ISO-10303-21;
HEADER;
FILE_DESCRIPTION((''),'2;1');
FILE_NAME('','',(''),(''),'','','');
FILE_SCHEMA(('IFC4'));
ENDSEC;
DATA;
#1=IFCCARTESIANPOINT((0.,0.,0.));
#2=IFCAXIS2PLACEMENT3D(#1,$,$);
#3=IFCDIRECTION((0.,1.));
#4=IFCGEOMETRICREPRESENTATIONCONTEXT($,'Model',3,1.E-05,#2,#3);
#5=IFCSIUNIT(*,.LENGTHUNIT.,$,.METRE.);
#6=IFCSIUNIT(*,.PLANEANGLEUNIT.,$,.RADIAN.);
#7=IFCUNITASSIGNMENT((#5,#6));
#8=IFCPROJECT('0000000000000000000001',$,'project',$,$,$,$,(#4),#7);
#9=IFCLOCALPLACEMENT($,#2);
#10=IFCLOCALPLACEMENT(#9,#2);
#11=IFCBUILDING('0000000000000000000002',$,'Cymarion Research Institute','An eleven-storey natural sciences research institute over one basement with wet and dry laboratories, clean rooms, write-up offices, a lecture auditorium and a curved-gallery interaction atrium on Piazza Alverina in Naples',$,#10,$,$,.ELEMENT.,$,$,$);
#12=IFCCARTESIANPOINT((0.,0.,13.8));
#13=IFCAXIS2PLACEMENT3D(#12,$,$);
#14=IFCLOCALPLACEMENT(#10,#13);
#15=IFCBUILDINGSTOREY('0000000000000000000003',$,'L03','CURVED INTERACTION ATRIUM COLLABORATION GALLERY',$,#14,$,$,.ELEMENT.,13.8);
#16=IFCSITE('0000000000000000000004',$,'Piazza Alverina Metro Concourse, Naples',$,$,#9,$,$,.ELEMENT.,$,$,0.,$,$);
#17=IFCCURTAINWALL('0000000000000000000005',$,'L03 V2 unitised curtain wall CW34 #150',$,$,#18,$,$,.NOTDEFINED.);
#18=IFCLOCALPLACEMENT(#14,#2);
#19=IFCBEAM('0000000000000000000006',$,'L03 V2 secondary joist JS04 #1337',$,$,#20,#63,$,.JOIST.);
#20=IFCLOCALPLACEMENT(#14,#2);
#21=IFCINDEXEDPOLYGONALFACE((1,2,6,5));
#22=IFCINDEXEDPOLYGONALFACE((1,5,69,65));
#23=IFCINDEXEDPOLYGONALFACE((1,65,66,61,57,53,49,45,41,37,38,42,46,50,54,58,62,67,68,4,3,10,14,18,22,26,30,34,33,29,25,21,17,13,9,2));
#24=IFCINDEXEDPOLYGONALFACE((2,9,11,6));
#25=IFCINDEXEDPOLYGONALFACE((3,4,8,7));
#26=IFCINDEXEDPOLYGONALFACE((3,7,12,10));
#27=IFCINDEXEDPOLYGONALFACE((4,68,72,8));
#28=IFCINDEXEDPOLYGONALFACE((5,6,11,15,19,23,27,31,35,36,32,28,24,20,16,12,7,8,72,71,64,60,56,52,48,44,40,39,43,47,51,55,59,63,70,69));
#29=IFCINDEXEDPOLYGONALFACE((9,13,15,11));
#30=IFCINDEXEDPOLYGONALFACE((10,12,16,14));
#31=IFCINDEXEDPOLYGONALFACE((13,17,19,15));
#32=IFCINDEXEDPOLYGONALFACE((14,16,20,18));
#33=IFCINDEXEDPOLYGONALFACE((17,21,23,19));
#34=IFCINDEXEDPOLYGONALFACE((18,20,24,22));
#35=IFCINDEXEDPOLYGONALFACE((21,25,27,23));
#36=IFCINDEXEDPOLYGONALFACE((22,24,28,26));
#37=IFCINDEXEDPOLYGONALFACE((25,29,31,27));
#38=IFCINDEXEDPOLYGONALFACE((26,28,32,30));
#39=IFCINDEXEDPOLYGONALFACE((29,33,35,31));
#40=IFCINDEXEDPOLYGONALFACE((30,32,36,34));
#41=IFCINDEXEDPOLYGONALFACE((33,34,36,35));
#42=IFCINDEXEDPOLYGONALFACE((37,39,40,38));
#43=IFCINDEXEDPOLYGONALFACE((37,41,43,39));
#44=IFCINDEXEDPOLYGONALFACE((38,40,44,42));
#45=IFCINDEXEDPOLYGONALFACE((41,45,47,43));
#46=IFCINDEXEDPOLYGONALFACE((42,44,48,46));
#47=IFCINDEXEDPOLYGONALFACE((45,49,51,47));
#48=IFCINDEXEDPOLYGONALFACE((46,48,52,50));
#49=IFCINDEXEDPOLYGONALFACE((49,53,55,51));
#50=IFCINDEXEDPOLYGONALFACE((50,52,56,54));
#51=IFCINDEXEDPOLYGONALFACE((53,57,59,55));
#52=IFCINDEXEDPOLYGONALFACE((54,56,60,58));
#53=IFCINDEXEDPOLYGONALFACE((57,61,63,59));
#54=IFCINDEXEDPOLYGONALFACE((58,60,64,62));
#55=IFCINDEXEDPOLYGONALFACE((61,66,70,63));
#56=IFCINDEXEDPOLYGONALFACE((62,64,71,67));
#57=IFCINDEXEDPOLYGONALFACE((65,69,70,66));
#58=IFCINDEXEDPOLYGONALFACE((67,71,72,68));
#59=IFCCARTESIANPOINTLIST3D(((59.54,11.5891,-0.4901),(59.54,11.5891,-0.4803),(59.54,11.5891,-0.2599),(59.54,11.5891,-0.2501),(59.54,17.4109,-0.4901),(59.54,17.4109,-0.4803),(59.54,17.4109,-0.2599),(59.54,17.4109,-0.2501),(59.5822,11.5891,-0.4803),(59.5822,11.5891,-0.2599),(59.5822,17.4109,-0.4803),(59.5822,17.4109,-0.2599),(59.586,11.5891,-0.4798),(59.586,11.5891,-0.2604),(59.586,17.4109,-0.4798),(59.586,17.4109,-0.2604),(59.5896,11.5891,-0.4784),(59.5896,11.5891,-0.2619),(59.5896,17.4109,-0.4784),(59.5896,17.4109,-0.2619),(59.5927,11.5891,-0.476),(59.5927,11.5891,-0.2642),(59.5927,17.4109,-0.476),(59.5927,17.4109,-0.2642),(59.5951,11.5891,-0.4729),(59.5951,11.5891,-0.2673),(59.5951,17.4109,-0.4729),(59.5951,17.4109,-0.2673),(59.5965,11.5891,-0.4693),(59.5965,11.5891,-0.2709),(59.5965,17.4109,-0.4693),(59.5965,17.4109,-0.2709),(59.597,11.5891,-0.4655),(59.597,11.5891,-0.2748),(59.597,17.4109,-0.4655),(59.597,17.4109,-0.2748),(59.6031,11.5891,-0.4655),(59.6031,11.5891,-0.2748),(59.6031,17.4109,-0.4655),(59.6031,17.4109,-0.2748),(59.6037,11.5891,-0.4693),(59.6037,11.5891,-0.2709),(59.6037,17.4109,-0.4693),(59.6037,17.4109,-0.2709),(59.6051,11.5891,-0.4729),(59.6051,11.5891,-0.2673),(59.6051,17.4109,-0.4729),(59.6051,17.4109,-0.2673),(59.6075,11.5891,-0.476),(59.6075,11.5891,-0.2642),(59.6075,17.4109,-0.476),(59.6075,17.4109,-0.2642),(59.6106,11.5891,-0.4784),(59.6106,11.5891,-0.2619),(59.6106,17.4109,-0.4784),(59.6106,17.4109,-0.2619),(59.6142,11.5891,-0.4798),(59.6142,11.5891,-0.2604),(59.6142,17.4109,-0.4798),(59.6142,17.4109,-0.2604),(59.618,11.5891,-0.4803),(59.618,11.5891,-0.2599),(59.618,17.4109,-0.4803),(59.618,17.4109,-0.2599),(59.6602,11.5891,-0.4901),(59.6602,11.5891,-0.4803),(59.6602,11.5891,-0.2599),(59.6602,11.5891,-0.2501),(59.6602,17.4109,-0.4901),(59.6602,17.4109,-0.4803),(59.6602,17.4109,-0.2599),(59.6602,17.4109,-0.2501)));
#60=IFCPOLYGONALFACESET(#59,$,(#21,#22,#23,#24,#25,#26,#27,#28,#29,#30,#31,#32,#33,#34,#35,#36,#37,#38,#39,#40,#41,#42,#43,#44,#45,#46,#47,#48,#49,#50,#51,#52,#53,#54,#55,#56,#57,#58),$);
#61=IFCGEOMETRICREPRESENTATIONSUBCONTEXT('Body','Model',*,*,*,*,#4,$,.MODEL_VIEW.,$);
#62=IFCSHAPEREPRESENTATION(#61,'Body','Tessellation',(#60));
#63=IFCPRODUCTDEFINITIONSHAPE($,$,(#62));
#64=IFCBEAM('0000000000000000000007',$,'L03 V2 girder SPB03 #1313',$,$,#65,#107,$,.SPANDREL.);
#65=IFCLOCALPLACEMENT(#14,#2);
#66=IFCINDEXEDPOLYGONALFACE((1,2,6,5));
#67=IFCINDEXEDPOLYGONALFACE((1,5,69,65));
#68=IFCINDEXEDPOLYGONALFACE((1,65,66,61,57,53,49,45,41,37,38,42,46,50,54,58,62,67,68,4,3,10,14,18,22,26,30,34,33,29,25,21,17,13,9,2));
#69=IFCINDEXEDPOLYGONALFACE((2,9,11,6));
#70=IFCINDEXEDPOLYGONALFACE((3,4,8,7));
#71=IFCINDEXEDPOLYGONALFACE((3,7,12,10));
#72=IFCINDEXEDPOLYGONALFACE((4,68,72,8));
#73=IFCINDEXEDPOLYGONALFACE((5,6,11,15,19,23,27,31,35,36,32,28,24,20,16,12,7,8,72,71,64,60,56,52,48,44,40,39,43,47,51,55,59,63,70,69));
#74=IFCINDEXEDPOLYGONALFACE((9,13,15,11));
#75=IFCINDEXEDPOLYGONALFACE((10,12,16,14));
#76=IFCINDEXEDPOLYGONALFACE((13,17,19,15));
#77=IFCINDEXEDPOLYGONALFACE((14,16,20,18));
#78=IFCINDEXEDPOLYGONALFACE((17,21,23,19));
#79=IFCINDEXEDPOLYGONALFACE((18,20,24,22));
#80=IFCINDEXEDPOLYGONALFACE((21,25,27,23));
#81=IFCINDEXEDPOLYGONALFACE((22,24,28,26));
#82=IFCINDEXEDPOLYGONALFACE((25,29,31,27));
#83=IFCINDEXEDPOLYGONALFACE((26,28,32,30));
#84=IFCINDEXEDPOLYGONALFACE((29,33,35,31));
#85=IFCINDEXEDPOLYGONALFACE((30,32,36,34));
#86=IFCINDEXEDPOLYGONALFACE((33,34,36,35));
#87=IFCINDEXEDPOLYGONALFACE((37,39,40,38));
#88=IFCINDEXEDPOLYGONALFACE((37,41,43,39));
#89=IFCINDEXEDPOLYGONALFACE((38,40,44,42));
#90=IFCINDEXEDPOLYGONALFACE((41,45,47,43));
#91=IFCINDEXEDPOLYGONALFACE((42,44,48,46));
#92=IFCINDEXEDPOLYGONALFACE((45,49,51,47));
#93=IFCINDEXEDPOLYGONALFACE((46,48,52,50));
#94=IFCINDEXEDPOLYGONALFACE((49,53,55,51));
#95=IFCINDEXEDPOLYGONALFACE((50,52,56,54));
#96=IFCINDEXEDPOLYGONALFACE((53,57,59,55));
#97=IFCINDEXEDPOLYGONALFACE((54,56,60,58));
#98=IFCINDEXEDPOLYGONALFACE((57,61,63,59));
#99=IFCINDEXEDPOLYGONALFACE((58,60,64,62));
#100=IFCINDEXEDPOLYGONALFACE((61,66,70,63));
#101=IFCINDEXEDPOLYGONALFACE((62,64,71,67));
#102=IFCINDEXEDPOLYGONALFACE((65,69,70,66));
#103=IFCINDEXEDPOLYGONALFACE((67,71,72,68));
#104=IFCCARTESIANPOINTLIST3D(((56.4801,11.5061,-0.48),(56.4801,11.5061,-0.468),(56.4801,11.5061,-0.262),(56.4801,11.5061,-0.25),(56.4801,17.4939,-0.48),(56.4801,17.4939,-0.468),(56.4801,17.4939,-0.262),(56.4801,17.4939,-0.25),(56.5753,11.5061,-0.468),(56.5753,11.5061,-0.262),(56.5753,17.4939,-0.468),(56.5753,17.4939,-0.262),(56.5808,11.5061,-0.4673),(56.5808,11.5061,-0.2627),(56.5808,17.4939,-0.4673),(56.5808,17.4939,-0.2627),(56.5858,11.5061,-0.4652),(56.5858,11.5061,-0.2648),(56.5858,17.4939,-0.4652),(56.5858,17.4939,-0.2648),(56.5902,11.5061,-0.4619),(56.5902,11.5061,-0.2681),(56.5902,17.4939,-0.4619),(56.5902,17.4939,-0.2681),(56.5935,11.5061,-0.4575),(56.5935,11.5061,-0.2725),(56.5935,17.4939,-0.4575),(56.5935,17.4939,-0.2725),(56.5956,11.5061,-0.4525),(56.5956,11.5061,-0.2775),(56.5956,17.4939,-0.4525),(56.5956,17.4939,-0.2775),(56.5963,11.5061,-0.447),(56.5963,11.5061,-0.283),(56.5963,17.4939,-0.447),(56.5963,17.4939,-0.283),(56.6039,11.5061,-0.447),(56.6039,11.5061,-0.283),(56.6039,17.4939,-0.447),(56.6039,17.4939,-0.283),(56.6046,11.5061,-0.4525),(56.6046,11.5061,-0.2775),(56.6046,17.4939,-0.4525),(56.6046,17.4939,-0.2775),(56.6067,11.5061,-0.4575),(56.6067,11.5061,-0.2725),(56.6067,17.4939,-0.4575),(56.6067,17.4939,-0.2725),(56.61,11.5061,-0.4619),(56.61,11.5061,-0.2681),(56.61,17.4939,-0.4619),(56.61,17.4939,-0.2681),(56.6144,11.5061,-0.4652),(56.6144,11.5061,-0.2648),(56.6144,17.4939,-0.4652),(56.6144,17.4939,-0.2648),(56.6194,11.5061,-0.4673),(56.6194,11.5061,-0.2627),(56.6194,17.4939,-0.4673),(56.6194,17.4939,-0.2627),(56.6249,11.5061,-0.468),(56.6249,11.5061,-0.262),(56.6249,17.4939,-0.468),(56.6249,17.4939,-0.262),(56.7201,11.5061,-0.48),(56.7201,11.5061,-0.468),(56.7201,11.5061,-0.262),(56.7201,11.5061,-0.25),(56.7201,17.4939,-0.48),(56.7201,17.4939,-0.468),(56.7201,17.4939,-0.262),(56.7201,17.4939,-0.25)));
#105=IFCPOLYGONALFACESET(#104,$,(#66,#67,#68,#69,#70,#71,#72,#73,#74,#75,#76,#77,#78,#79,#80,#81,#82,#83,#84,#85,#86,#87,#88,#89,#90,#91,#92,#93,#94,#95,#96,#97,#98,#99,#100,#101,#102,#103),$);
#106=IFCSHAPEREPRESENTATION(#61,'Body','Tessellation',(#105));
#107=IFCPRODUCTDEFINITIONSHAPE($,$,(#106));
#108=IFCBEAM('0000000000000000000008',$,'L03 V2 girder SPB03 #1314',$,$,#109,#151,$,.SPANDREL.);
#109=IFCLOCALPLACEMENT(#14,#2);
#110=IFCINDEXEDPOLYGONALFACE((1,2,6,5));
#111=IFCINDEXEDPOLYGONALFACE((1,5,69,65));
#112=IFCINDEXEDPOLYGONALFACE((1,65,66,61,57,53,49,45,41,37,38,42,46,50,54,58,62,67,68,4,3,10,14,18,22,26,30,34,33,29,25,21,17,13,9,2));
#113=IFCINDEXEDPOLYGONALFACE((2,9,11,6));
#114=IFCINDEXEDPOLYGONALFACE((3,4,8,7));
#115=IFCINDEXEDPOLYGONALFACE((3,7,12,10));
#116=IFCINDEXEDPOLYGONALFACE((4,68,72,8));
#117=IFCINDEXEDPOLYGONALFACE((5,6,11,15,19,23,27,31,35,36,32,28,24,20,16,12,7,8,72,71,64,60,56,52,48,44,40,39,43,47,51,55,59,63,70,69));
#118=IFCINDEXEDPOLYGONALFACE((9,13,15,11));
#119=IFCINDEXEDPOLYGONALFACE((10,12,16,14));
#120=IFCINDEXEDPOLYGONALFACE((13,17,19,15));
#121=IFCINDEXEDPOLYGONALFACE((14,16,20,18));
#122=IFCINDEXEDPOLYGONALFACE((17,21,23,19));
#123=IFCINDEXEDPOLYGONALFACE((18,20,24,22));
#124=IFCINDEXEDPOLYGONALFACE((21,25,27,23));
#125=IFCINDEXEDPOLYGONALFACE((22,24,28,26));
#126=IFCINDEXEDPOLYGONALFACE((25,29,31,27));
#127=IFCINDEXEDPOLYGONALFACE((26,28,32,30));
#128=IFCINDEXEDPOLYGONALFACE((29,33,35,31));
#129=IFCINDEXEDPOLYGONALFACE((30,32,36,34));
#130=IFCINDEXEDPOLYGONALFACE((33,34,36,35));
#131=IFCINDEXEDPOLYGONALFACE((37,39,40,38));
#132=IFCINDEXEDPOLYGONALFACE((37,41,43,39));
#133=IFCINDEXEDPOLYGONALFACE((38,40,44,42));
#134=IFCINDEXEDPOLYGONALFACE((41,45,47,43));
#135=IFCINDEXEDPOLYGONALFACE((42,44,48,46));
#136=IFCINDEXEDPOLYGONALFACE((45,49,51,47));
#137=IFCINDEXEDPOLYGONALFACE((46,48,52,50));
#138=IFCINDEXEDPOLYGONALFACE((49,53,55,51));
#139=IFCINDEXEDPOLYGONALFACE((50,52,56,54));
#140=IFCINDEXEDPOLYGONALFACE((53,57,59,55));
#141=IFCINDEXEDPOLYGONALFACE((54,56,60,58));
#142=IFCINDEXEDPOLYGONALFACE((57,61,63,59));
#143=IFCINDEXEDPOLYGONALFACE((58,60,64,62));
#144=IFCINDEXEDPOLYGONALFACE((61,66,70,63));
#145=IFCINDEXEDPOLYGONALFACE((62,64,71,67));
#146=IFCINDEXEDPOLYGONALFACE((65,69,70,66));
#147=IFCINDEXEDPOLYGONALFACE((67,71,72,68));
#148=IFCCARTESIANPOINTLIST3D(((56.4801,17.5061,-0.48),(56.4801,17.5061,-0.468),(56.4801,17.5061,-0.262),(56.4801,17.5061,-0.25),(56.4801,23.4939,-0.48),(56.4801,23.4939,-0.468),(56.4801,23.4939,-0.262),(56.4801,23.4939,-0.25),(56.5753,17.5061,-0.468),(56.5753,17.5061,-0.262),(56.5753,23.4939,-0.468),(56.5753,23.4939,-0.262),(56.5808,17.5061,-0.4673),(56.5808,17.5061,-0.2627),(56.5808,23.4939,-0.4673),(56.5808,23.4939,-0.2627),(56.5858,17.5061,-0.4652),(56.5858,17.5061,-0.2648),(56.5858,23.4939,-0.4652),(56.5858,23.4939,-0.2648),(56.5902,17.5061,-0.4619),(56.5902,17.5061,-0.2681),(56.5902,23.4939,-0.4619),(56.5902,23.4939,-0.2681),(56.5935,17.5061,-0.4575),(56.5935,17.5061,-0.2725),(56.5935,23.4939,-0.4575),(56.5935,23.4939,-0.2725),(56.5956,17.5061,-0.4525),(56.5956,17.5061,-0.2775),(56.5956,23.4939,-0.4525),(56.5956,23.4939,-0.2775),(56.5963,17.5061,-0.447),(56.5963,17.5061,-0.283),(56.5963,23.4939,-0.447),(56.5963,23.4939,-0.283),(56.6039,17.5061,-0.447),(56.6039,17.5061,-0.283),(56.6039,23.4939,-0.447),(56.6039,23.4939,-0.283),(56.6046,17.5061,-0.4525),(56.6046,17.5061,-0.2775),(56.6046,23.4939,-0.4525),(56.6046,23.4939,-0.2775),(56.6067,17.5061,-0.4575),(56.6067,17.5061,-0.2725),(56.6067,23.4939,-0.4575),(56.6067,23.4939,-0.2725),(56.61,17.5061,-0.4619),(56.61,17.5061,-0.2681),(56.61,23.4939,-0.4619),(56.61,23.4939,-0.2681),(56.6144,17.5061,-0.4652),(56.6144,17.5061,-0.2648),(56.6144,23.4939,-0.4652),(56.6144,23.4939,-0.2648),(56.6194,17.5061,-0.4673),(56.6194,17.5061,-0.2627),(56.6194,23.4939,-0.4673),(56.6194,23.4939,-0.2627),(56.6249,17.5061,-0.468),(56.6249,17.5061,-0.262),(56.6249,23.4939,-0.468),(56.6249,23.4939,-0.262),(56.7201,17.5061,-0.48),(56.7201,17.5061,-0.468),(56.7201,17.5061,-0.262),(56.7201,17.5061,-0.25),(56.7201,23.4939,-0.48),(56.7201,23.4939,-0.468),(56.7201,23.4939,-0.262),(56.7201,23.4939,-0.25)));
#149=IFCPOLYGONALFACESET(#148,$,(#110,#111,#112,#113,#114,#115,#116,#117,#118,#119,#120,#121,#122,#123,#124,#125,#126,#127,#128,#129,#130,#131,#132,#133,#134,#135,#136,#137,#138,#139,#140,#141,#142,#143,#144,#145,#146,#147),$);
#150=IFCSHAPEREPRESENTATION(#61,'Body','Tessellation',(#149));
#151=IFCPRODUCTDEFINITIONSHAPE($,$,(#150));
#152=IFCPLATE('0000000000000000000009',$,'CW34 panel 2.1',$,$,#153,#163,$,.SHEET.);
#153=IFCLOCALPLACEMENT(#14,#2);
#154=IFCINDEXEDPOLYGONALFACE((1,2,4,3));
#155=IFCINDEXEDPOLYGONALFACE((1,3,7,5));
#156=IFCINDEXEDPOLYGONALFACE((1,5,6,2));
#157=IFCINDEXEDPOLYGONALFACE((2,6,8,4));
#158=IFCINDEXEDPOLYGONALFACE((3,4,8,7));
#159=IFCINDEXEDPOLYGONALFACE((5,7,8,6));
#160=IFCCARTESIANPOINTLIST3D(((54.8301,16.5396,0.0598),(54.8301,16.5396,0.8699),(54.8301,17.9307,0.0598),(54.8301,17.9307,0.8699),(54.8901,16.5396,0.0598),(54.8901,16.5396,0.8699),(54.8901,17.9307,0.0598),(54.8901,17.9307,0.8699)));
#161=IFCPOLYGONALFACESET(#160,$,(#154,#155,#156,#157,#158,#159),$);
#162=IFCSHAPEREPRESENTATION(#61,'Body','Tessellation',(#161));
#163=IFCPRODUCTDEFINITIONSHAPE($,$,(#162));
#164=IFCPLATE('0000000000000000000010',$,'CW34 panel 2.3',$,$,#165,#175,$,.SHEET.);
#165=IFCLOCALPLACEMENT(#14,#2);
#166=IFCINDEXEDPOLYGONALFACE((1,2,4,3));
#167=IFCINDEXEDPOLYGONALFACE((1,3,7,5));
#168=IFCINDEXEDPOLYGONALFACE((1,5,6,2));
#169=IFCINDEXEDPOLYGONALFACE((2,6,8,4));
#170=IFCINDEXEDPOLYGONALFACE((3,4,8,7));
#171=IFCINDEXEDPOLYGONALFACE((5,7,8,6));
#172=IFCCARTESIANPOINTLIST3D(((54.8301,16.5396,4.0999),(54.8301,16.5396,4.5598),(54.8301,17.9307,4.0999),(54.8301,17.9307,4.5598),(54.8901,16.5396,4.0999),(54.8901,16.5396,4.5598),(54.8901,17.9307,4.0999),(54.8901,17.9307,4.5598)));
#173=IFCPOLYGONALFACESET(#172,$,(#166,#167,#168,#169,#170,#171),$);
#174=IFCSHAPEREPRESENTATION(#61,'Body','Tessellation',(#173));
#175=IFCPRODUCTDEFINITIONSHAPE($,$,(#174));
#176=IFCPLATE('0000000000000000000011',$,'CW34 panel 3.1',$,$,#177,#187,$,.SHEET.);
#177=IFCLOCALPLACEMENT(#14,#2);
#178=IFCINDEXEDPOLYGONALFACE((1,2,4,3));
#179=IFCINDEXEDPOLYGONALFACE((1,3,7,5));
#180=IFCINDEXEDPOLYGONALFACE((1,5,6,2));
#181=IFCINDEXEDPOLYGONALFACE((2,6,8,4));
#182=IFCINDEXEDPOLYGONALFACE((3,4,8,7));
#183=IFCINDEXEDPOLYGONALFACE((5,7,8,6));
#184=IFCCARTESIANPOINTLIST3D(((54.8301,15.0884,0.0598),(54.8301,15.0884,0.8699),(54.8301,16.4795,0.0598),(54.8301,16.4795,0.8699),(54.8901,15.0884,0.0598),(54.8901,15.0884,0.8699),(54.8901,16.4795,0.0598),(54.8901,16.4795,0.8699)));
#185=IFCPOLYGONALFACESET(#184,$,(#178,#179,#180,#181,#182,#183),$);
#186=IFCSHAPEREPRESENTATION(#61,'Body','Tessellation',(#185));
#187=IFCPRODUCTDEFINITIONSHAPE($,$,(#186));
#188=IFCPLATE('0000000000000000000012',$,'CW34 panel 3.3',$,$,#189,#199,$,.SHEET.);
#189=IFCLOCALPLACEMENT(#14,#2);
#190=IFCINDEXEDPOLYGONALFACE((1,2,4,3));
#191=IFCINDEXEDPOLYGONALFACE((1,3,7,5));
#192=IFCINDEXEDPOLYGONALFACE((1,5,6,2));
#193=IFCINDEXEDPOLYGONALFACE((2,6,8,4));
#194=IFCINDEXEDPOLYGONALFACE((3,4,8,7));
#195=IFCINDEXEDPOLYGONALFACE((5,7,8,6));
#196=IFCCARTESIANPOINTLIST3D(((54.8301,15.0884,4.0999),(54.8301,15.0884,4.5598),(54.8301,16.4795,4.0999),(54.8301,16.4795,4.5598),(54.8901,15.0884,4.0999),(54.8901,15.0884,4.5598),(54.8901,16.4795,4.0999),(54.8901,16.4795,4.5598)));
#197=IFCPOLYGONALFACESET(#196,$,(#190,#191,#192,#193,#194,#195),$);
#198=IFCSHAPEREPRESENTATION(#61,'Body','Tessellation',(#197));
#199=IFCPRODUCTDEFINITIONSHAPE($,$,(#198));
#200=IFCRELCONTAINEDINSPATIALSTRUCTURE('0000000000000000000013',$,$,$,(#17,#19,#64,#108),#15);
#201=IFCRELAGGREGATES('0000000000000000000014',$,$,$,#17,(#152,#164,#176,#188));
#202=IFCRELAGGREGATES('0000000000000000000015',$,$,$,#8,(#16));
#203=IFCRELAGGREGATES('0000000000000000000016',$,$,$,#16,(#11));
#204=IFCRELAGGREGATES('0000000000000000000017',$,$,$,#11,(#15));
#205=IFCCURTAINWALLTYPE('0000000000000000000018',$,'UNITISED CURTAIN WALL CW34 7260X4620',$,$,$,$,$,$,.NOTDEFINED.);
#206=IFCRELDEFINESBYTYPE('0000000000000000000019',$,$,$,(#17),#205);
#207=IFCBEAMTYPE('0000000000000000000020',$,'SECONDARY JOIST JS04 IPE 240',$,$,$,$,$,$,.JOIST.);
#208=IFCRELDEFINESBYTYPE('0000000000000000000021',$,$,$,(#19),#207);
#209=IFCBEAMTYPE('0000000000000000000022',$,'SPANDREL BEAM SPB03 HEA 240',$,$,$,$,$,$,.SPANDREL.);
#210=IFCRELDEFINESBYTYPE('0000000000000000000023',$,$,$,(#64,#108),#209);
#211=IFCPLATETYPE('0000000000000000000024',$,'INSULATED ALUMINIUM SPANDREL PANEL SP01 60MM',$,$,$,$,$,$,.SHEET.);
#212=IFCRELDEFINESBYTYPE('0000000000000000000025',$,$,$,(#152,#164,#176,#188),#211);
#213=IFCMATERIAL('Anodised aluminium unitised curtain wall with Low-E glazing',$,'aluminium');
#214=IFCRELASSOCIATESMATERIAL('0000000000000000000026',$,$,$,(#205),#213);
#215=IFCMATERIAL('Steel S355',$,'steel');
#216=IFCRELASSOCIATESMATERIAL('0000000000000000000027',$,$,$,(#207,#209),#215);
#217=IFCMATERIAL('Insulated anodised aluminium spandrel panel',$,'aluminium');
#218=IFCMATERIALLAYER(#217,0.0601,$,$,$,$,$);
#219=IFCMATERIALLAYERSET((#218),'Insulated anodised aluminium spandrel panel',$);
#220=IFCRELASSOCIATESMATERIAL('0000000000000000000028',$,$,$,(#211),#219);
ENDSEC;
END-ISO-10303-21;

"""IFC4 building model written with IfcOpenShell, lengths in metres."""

from ifc_helpers import new_model, si_unit, direction, frame, origin, origin_2d, place, context, subcontext, project, spatial, rectangle, i_section, extrude, material, layer, layer_set, material_profile, profile_set, type_object, element, aggregate, save


model = new_model("IFC4")

# Units and contexts
model_context = context("Model", 3, precision=1e-05, world=origin(), true_north=direction((0.0, 1.0)))
body_context = subcontext(model_context, "Body", "Model", "MODEL_VIEW")
ifc_project = project(units=[si_unit("LENGTHUNIT", "METRE"), si_unit("PLANEANGLEUNIT", "RADIAN")], contexts=[model_context])

# Site, building, storey
site_placement = place(None, origin())
site = spatial("IfcSite", under=ifc_project, at=site_placement, Name="Piazza Alverina Metro Concourse, Naples", CompositionType="ELEMENT", RefElevation=0.0)
building_placement = place(site_placement, origin())
building = spatial("IfcBuilding", under=site, at=building_placement, Name="Cymarion Research Institute", Description="An eleven-storey natural sciences research institute over one basement with wet and dry laboratories, clean rooms, write-up offices, a lecture auditorium and a curved-gallery interaction atrium on Piazza Alverina in Naples", CompositionType="ELEMENT")
storey_placement = place(building_placement, frame((0.0, 0.0, 13.8)))
storey = spatial("IfcBuildingStorey", under=building, at=storey_placement, Name="L03", Description="CURVED INTERACTION ATRIUM COLLABORATION GALLERY", CompositionType="ELEMENT", Elevation=13.8)

# Shared definitions
ifc_material_1 = material(Name="Steel S355", Category="steel")

# Curtain wall
ifc_material_2 = material(Name="Anodised aluminium unitised curtain wall with Low-E glazing", Category="aluminium")
curtain_wall_type = type_object("IfcCurtainWallType", Name="UNITISED CURTAIN WALL CW34 7260X4620", PredefinedType="NOTDEFINED", material=ifc_material_2)
curtain_wall_placement = place(storey_placement, origin())
curtain_wall = element("IfcCurtainWall", 1, at=curtain_wall_placement, inside=storey, type_object=curtain_wall_type, Name="L03 V2 unitised curtain wall CW34 #150", PredefinedType="NOTDEFINED")

# Beams
ifc_material_profile_1 = material_profile(ifc_material_1, i_section(OverallWidth=0.1201, OverallDepth=0.24, WebThickness=0.0061, FlangeThickness=0.0098, FilletRadius=0.0149, at=origin_2d()), Name="IPE 240")
ifc_profile_set_1 = profile_set([ifc_material_profile_1], Name="Steel S355")
beam_type_1 = type_object("IfcBeamType", Name="SECONDARY JOIST JS04 IPE 240", PredefinedType="JOIST", material=ifc_profile_set_1)
beam_placement = place(storey_placement, frame((59.6001, 11.5891, -0.3701), z_axis=(0.0, 1.0, 0.0), x_axis=(-1.0, 0.0, 0.0)))
element("IfcBeam", 2, at=beam_placement, inside=storey, type_object=beam_type_1, Name="L03 V2 secondary joist JS04 #1337", PredefinedType="JOIST", context=body_context, shape_type="SweptSolid", body=[
    extrude(i_section(OverallWidth=0.1201, OverallDepth=0.24, WebThickness=0.0061, FlangeThickness=0.0098, FilletRadius=0.0149, at=origin_2d()), origin(), (0.0, 0.0, 1.0), 5.8218),
])
ifc_material_profile_2 = material_profile(ifc_material_1, i_section(OverallWidth=0.24, OverallDepth=0.23, WebThickness=0.0076, FlangeThickness=0.012, FilletRadius=0.021, at=origin_2d()), Name="HEA 240")
ifc_profile_set_2 = profile_set([ifc_material_profile_2], Name="Steel S355")
beam_type_2 = type_object("IfcBeamType", Name="SPANDREL BEAM SPB03 HEA 240", PredefinedType="SPANDREL", material=ifc_profile_set_2)
for number, where, z_axis, x_axis, name in (
    (3, (56.6001, 11.5061, -0.365), (0.0, 1.0, 0.0), (-1.0, 0.0, 0.0), "L03 V2 girder SPB03 #1313"),
    (4, (56.6001, 17.5061, -0.365), (0.0, 1.0, 0.0), (-1.0, 0.0, 0.0), "L03 V2 girder SPB03 #1314"),
):
    element("IfcBeam", number, at=place(storey_placement, frame(where, z_axis=z_axis, x_axis=x_axis)), inside=storey, type_object=beam_type_2, Name=name, PredefinedType="SPANDREL", context=body_context, shape_type="SweptSolid", body=[
        extrude(i_section(OverallWidth=0.24, OverallDepth=0.23, WebThickness=0.0076, FlangeThickness=0.012, FilletRadius=0.021, at=origin_2d()), origin(), (0.0, 0.0, 1.0), 5.9878),
    ])

# Plates
ifc_material_3 = material(Name="Insulated anodised aluminium spandrel panel", Category="aluminium")
ifc_layer_1 = layer(ifc_material_3, 0.0601)
ifc_layer_set_1 = layer_set([ifc_layer_1], Name="Insulated anodised aluminium spandrel panel")
plate_type_1 = type_object("IfcPlateType", Name="INSULATED ALUMINIUM SPANDREL PANEL SP01 60MM", PredefinedType="SHEET", material=ifc_layer_set_1)
plate_1_placement = place(storey_placement, frame((54.8601, 17.2351, 0.0598), z_axis=(0.0, 0.0, 1.0), x_axis=(0.0, -1.0, 0.0)))
plate_1 = element("IfcPlate", 5, at=plate_1_placement, type_object=plate_type_1, Name="CW34 panel 2.1", PredefinedType="SHEET", context=body_context, shape_type="SweptSolid", body=[
    extrude(rectangle(XDim=1.3911, YDim=0.0601, at=origin_2d()), origin(), (0.0, 0.0, 1.0), 0.8101),
])
plate_2_placement = place(storey_placement, frame((54.8601, 17.2351, 4.0999), z_axis=(0.0, 0.0, 1.0), x_axis=(0.0, -1.0, 0.0)))
plate_2 = element("IfcPlate", 6, at=plate_2_placement, type_object=plate_type_1, Name="CW34 panel 2.3", PredefinedType="SHEET", context=body_context, shape_type="SweptSolid", body=[
    extrude(rectangle(XDim=1.3911, YDim=0.0601, at=origin_2d()), origin(), (0.0, 0.0, 1.0), 0.46),
])
plate_3_placement = place(storey_placement, frame((54.8601, 15.7839, 0.0598), z_axis=(0.0, 0.0, 1.0), x_axis=(0.0, -1.0, 0.0)))
plate_3 = element("IfcPlate", 7, at=plate_3_placement, type_object=plate_type_1, Name="CW34 panel 3.1", PredefinedType="SHEET", context=body_context, shape_type="SweptSolid", body=[
    extrude(rectangle(XDim=1.3911, YDim=0.0601, at=origin_2d()), origin(), (0.0, 0.0, 1.0), 0.8101),
])
plate_4_placement = place(storey_placement, frame((54.8601, 15.7839, 4.0999), z_axis=(0.0, 0.0, 1.0), x_axis=(0.0, -1.0, 0.0)))
plate_4 = element("IfcPlate", 8, at=plate_4_placement, type_object=plate_type_1, Name="CW34 panel 3.3", PredefinedType="SHEET", context=body_context, shape_type="SweptSolid", body=[
    extrude(rectangle(XDim=1.3911, YDim=0.0601, at=origin_2d()), origin(), (0.0, 0.0, 1.0), 0.46),
])
aggregate(curtain_wall, [plate_1, plate_2, plate_3, plate_4])

save(model, "model.ifc")
